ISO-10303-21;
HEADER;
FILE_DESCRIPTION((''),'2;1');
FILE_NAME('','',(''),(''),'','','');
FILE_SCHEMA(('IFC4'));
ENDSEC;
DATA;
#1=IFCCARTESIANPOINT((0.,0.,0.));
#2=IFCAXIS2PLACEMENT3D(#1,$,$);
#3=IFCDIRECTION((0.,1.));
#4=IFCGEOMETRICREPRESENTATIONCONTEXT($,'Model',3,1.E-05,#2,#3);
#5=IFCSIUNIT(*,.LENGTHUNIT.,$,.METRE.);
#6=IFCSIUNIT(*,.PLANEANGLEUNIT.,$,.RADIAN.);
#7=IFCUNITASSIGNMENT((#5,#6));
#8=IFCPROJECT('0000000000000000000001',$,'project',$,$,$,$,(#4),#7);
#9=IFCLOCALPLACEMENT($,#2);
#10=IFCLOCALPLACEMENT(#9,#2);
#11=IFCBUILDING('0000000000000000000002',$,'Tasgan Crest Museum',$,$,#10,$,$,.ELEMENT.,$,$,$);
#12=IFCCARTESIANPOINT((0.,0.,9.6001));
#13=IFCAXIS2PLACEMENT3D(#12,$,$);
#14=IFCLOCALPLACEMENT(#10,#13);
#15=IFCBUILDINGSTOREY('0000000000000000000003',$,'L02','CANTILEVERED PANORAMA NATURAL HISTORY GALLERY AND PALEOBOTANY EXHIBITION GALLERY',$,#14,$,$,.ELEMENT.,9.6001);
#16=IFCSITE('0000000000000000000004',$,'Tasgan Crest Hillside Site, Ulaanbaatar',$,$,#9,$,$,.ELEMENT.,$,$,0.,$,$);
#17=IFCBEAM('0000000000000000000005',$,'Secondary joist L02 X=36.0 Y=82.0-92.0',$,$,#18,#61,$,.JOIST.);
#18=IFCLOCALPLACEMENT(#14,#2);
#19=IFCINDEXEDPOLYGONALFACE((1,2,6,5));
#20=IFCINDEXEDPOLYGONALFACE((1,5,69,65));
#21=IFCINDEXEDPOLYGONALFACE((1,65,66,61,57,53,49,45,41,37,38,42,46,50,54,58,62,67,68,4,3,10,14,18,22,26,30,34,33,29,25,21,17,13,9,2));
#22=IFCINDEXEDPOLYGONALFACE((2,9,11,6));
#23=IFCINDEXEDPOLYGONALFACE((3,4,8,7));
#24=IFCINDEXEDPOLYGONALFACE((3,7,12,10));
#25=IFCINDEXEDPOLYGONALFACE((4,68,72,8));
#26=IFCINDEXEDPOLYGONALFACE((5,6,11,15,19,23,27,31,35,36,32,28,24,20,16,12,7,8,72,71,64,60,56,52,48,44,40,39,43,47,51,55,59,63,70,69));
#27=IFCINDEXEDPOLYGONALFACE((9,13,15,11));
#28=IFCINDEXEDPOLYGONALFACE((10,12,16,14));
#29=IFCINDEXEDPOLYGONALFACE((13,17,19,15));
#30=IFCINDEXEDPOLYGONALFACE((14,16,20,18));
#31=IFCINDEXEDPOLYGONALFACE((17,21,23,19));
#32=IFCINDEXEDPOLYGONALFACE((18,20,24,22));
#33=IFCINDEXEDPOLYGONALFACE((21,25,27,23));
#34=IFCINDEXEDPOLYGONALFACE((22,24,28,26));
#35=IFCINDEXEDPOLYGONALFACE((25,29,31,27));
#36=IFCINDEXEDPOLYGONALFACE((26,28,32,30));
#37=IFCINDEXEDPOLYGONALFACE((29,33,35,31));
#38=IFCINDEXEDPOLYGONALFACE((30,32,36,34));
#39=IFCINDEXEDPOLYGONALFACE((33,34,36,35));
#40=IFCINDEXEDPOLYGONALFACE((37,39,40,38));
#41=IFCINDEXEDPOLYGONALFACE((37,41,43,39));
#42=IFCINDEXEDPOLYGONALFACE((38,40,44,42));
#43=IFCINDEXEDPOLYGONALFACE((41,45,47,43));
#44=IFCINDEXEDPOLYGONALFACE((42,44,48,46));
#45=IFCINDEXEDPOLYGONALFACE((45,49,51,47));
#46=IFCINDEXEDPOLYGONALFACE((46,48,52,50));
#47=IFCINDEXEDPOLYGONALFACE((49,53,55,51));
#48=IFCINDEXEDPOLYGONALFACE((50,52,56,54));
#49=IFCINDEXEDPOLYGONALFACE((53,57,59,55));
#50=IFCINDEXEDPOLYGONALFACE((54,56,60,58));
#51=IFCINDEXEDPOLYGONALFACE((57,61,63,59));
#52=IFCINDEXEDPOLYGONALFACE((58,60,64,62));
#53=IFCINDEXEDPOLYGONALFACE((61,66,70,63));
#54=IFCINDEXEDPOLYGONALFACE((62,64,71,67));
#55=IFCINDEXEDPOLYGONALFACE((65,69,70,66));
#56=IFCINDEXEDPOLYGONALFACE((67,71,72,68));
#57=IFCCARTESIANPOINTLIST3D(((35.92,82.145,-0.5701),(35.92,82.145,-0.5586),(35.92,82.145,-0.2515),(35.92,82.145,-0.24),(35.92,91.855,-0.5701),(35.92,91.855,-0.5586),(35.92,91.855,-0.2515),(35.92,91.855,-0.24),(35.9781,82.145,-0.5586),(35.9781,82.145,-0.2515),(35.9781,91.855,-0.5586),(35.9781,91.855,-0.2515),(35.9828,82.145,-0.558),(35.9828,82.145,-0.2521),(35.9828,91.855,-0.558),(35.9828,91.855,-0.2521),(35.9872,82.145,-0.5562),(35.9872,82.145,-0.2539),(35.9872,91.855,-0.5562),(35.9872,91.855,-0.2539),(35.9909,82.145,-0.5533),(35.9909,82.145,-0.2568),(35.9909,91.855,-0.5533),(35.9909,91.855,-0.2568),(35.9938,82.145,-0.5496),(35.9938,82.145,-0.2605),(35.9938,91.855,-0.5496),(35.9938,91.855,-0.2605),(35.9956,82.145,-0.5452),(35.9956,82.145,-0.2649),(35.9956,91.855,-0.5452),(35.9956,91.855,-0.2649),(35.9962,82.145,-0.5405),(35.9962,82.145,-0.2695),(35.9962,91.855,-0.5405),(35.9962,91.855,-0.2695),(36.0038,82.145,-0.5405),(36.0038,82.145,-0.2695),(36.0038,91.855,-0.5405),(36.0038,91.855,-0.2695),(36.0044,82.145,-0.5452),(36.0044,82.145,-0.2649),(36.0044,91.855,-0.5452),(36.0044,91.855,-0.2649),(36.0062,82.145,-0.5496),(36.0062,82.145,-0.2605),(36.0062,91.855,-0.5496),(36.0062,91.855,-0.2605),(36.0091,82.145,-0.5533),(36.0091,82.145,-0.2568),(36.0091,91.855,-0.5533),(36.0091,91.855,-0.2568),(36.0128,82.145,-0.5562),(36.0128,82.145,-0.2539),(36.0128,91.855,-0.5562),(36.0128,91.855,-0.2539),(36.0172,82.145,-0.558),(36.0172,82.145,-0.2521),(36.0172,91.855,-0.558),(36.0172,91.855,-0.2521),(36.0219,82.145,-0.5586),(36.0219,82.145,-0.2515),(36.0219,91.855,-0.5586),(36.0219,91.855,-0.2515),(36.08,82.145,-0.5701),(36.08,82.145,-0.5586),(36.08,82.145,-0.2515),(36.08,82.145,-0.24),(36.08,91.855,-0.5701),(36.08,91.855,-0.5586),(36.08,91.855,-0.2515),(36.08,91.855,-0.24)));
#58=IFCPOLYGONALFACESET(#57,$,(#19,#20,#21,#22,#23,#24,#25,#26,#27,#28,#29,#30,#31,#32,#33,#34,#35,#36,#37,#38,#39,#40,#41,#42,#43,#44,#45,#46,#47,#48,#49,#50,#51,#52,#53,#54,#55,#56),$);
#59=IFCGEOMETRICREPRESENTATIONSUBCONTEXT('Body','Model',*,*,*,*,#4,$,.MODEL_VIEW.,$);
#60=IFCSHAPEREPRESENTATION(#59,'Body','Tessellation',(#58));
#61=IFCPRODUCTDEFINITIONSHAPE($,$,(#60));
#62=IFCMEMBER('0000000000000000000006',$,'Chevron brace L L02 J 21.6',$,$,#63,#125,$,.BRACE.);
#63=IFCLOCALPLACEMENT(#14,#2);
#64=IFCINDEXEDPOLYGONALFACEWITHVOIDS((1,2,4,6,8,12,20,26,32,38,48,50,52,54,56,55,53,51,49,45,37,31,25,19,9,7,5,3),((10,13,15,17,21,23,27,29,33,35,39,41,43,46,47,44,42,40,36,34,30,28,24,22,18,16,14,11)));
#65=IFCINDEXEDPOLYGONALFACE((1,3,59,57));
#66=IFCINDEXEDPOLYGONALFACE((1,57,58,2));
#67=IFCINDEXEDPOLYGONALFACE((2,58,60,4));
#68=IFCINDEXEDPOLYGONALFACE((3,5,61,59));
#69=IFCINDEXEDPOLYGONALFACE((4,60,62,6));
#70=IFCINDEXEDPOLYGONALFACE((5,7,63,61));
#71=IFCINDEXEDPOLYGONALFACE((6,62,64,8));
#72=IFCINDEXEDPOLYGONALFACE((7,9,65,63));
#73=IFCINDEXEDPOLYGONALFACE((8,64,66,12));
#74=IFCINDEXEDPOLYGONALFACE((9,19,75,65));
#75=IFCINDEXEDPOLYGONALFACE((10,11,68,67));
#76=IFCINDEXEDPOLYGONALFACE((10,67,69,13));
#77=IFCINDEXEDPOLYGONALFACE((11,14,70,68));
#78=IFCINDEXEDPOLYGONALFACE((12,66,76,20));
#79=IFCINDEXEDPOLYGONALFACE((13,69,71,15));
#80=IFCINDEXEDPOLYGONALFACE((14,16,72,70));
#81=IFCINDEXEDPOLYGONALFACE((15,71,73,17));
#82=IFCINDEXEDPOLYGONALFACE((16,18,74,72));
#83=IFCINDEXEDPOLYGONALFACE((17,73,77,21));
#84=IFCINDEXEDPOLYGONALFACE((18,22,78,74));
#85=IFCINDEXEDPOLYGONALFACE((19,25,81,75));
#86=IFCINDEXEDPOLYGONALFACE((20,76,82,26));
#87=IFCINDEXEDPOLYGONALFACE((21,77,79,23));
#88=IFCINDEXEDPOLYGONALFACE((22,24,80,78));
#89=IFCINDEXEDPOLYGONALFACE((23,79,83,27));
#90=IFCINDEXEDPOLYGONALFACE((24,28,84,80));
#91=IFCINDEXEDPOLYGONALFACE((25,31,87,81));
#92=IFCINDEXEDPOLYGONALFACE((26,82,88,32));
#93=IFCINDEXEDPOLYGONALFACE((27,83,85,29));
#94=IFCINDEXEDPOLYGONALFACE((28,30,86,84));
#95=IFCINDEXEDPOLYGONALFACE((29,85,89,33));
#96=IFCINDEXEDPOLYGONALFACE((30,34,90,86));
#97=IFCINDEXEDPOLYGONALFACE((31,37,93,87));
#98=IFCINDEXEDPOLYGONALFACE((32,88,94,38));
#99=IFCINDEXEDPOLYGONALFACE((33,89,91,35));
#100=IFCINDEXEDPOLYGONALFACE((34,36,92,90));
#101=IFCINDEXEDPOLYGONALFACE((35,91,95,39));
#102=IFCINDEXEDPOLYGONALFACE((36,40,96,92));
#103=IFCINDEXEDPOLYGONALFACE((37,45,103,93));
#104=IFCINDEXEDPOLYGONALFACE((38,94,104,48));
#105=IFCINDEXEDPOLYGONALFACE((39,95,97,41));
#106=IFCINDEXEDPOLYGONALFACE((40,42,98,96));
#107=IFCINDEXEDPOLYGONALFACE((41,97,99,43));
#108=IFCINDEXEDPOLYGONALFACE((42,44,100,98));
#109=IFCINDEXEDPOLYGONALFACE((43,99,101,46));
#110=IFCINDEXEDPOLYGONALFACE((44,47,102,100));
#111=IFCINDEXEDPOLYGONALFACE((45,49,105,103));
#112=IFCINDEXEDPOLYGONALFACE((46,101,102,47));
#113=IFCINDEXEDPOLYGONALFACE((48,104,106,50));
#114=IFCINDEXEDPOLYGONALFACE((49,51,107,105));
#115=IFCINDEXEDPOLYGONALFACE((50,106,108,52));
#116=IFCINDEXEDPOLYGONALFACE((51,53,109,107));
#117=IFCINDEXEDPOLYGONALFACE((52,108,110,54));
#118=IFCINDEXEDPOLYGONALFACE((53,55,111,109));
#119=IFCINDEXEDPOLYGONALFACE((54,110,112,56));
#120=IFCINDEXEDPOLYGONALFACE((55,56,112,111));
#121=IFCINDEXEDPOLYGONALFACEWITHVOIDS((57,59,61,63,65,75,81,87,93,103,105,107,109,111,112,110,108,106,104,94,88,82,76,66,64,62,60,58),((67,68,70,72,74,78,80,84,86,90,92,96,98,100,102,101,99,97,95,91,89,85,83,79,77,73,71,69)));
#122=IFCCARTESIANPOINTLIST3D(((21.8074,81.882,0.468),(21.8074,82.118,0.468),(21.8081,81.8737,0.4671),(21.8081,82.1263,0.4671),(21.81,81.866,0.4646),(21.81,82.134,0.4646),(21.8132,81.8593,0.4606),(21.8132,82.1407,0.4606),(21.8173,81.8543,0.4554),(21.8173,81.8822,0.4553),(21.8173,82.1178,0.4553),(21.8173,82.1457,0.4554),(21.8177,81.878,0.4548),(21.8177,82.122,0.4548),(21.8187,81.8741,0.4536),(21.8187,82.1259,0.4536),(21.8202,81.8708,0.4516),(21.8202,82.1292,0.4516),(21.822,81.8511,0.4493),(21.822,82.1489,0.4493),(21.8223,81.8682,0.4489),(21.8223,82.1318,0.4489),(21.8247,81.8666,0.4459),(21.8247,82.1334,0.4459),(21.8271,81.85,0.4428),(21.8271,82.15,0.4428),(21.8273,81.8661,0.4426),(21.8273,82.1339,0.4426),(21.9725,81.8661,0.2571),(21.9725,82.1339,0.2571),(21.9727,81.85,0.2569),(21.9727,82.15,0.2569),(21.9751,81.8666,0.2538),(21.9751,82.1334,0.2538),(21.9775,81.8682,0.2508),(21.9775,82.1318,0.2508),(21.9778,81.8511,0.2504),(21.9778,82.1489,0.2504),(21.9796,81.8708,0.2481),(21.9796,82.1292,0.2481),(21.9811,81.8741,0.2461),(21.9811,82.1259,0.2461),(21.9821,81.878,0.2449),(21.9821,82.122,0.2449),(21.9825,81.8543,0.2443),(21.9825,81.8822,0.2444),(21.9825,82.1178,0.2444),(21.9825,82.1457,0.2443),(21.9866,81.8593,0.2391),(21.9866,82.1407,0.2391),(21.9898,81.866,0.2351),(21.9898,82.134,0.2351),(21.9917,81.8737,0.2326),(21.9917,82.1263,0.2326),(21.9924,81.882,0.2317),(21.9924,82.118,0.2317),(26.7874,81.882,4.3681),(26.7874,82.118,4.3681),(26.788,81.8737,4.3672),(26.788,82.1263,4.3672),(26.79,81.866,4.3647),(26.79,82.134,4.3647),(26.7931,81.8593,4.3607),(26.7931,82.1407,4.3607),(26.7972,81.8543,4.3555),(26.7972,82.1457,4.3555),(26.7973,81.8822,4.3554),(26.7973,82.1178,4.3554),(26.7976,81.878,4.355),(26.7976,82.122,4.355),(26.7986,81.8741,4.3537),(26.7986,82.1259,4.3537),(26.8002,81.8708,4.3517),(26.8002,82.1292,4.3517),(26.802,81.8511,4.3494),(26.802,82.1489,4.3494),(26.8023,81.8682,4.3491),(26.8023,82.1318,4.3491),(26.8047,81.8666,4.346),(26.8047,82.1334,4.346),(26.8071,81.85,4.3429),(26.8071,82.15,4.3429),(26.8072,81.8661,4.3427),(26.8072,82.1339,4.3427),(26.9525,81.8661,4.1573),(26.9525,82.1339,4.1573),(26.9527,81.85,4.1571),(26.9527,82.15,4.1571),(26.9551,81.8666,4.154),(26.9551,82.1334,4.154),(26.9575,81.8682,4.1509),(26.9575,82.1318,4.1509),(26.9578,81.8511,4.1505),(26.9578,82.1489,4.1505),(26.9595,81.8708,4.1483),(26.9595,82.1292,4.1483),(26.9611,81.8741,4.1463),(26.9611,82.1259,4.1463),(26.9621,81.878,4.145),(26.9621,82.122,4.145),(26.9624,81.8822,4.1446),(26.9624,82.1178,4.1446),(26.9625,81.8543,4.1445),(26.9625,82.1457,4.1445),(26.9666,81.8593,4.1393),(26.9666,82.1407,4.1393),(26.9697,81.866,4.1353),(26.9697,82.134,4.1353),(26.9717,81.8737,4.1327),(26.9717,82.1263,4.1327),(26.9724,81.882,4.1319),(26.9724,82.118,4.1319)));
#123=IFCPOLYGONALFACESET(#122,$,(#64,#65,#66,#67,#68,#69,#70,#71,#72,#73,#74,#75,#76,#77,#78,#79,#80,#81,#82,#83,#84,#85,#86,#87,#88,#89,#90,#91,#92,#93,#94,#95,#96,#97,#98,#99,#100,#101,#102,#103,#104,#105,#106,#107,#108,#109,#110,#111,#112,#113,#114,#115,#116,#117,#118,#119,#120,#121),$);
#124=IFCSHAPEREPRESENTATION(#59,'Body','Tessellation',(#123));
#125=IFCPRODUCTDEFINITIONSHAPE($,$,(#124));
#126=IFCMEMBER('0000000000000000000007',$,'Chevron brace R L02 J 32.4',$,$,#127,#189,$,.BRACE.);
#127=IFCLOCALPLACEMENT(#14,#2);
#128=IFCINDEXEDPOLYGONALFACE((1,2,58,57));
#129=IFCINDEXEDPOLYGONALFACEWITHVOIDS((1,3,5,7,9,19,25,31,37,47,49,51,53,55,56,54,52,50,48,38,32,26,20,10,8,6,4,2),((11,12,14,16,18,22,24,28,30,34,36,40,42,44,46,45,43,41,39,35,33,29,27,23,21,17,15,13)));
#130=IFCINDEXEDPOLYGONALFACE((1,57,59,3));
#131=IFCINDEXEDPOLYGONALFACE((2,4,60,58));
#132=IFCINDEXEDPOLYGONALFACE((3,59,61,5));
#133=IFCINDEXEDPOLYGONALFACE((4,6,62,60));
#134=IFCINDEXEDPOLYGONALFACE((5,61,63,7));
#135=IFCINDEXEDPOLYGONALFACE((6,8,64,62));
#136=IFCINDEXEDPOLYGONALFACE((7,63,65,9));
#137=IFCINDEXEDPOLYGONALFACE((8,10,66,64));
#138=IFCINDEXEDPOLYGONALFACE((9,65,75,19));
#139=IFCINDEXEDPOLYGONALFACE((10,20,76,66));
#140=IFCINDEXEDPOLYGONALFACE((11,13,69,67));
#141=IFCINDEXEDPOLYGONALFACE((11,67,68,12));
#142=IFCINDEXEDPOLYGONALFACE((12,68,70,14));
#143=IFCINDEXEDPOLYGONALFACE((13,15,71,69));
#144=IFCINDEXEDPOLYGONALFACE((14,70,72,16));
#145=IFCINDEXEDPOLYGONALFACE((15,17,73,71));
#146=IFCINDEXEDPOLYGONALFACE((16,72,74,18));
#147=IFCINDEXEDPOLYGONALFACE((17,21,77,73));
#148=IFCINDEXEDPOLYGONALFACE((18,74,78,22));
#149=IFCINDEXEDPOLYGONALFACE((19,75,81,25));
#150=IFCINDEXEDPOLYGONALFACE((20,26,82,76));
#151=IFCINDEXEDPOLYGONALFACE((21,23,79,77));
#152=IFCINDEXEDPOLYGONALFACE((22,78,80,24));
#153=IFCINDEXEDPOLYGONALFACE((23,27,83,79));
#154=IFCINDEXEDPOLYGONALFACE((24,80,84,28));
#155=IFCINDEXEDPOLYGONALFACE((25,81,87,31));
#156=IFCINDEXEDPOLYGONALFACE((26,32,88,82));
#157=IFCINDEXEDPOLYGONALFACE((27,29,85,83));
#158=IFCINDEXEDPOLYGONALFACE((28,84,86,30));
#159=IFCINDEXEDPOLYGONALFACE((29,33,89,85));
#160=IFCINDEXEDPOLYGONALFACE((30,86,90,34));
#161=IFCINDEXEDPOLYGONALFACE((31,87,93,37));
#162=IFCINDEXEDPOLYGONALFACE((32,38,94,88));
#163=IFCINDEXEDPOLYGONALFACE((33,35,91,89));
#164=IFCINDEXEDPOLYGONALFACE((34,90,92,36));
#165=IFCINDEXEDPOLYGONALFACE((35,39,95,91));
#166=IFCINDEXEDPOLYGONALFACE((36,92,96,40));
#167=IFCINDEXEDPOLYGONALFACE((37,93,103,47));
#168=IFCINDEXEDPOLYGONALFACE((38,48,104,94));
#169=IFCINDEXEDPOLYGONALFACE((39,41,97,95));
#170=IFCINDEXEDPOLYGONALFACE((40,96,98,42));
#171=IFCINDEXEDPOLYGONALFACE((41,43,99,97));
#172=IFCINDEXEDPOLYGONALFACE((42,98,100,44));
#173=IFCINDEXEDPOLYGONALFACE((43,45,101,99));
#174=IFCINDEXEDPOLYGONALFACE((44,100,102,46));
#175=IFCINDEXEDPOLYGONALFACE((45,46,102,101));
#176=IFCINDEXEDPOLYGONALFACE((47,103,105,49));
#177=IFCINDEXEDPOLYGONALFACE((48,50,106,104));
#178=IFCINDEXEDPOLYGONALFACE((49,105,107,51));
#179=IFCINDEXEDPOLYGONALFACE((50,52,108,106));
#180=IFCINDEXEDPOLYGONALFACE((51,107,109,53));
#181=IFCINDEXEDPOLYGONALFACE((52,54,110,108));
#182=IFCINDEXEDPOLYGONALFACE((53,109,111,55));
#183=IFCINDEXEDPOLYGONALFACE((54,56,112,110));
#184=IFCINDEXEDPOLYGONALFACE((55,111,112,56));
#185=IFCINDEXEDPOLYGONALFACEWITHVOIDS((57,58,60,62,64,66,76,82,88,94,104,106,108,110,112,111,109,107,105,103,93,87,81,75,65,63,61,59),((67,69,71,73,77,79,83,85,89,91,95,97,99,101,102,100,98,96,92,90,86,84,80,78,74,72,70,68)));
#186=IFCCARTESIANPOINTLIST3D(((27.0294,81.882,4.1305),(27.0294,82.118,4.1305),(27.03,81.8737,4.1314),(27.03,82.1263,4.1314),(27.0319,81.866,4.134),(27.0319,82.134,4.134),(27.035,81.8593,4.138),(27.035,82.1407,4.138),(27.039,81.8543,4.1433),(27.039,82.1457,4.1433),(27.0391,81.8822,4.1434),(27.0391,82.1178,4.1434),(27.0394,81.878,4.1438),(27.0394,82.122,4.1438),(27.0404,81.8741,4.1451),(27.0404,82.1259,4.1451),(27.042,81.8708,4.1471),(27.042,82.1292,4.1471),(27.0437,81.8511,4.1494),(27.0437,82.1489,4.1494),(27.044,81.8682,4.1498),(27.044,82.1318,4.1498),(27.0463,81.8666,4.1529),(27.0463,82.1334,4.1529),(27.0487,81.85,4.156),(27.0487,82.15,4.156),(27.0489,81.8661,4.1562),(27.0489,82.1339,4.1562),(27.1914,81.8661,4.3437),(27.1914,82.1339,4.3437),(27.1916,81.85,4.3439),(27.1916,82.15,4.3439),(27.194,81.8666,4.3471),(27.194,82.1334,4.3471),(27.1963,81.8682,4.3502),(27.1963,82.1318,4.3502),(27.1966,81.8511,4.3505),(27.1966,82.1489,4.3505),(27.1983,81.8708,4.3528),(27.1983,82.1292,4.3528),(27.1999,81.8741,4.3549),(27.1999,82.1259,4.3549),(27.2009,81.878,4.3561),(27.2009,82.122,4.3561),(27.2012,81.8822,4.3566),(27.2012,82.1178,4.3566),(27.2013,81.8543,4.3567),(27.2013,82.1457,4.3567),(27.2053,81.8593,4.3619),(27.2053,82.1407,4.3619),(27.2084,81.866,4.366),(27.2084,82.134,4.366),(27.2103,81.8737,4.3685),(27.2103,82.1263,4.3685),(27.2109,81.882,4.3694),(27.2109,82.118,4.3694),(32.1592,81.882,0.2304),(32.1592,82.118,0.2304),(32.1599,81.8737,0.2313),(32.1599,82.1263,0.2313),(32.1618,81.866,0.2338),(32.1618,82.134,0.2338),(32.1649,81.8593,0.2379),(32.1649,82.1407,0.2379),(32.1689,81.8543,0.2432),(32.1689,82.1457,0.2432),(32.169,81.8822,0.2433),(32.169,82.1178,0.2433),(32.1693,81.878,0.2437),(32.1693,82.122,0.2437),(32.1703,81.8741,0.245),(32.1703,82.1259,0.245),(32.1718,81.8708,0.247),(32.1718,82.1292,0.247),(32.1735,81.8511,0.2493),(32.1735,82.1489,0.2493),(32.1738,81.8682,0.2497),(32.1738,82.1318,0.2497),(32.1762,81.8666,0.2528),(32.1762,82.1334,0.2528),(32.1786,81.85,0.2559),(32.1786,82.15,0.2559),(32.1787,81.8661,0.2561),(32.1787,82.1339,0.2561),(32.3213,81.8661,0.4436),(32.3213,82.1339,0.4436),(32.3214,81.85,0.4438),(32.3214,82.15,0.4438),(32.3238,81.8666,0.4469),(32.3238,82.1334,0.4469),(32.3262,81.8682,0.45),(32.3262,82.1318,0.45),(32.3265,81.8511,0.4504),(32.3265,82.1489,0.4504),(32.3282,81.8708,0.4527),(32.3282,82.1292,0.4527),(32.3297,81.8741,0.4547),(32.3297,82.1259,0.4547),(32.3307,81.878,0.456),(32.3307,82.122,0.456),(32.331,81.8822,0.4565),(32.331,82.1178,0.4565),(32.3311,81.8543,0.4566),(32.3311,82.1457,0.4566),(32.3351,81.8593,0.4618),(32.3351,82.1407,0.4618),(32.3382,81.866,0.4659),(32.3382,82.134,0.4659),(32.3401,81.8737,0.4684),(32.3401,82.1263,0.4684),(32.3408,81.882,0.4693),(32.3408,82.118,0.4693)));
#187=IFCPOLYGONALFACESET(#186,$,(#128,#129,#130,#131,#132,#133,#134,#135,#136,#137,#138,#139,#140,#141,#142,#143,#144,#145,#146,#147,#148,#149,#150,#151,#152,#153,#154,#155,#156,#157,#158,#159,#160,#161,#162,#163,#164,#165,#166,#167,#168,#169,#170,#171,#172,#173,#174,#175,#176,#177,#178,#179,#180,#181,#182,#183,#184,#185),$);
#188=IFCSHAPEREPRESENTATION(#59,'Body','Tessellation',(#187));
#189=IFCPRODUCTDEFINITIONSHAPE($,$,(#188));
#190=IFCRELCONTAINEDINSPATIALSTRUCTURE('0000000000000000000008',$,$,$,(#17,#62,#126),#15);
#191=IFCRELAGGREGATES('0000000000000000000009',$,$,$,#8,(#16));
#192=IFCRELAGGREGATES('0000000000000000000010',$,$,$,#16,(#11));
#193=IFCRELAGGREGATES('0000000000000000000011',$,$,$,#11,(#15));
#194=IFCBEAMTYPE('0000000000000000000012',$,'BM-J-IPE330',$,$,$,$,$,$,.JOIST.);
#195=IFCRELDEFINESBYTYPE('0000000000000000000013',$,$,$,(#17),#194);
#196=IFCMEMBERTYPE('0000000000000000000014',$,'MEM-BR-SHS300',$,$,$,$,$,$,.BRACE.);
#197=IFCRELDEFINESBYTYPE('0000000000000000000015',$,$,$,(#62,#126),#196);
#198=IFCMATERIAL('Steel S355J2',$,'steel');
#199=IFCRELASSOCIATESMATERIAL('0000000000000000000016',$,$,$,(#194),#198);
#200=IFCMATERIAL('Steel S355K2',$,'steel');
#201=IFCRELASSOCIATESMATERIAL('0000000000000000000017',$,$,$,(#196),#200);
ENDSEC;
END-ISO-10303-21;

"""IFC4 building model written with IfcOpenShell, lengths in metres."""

from ifc_helpers import new_model, si_unit, direction, frame, origin, origin_2d, place, context, subcontext, project, spatial, hollow_rectangle, i_section, extrude, material, material_profile, profile_set, type_object, element, save


model = new_model("IFC4")

# Units and contexts
model_context = context("Model", 3, precision=1e-05, world=origin(), true_north=direction((0.0, 1.0)))
body_context = subcontext(model_context, "Body", "Model", "MODEL_VIEW")
ifc_project = project(units=[si_unit("LENGTHUNIT", "METRE"), si_unit("PLANEANGLEUNIT", "RADIAN")], contexts=[model_context])

# Site, building, storey
site_placement = place(None, origin())
site = spatial("IfcSite", under=ifc_project, at=site_placement, Name="Tasgan Crest Hillside Site, Ulaanbaatar", CompositionType="ELEMENT", RefElevation=0.0)
building_placement = place(site_placement, origin())
building = spatial("IfcBuilding", under=site, at=building_placement, Name="Tasgan Crest Museum", CompositionType="ELEMENT")
storey_placement = place(building_placement, frame((0.0, 0.0, 9.6001)))
storey = spatial("IfcBuildingStorey", under=building, at=storey_placement, Name="L02", Description="CANTILEVERED PANORAMA NATURAL HISTORY GALLERY AND PALEOBOTANY EXHIBITION GALLERY", CompositionType="ELEMENT", Elevation=9.6001)

# Beam
ifc_material_1 = material(Name="Steel S355J2", Category="steel")
ifc_material_profile_1 = material_profile(ifc_material_1, i_section(OverallWidth=0.1599, OverallDepth=0.3301, WebThickness=0.0076, FlangeThickness=0.0115, FilletRadius=0.0181, at=origin_2d()), Name="IPE 330")
ifc_profile_set_1 = profile_set([ifc_material_profile_1], Name="Steel S355J2")
beam_type_1 = type_object("IfcBeamType", Name="BM-J-IPE330", PredefinedType="JOIST", material=ifc_profile_set_1)
for number, where, z_axis, x_axis, name in (
    (1, (36.0, 82.145, -0.405), (0.0, 1.0, 0.0), (-1.0, 0.0, 0.0), "Secondary joist L02 X=36.0 Y=82.0-92.0"),
):
    element("IfcBeam", number, at=place(storey_placement, frame(where, z_axis=z_axis, x_axis=x_axis)), inside=storey, type_object=beam_type_1, Name=name, PredefinedType="JOIST", context=body_context, shape_type="SweptSolid", body=[
        extrude(i_section(OverallWidth=0.1599, OverallDepth=0.3301, WebThickness=0.0076, FlangeThickness=0.0115, FilletRadius=0.0181, at=origin_2d()), origin(), (0.0, 0.0, 1.0), 9.71),
    ])

# Members
ifc_material_2 = material(Name="Steel S355K2", Category="steel")
ifc_material_profile_2 = material_profile(ifc_material_2, hollow_rectangle(XDim=0.3, YDim=0.3, WallThickness=0.0161, InnerFilletRadius=0.0161, OuterFilletRadius=0.032, at=origin_2d()), Name="SHS 300x300x16")
ifc_profile_set_2 = profile_set([ifc_material_profile_2], Name="Steel S355K2")
member_type = type_object("IfcMemberType", Name="MEM-BR-SHS300", PredefinedType="BRACE", material=ifc_profile_set_2)
member_1_placement = place(storey_placement, frame((21.8999, 82.0, 0.3499), z_axis=(0.787292, 0.0, 0.61658), x_axis=(0.0, 1.0, 0.0)))
element("IfcMember", 2, at=member_1_placement, inside=storey, type_object=member_type, Name="Chevron brace L L02 J 21.6", PredefinedType="BRACE", context=body_context, shape_type="SweptSolid", body=[
    extrude(hollow_rectangle(XDim=0.3, YDim=0.3, WallThickness=0.0161, InnerFilletRadius=0.0161, OuterFilletRadius=0.032, at=origin_2d()), origin(), (0.0, 0.0, 1.0), 6.3254),
])
member_2_placement = place(storey_placement, frame((32.25, 82.0, 0.3499), z_axis=(-0.796055, 0.0, 0.605224), x_axis=(0.0, -1.0, 0.0)))
element("IfcMember", 3, at=member_2_placement, inside=storey, type_object=member_type, Name="Chevron brace R L02 J 32.4", PredefinedType="BRACE", context=body_context, shape_type="SweptSolid", body=[
    extrude(hollow_rectangle(XDim=0.3, YDim=0.3, WallThickness=0.0161, InnerFilletRadius=0.0161, OuterFilletRadius=0.032, at=origin_2d()), origin(), (0.0, 0.0, 1.0), 6.4441),
])

save(model, "model.ifc")
